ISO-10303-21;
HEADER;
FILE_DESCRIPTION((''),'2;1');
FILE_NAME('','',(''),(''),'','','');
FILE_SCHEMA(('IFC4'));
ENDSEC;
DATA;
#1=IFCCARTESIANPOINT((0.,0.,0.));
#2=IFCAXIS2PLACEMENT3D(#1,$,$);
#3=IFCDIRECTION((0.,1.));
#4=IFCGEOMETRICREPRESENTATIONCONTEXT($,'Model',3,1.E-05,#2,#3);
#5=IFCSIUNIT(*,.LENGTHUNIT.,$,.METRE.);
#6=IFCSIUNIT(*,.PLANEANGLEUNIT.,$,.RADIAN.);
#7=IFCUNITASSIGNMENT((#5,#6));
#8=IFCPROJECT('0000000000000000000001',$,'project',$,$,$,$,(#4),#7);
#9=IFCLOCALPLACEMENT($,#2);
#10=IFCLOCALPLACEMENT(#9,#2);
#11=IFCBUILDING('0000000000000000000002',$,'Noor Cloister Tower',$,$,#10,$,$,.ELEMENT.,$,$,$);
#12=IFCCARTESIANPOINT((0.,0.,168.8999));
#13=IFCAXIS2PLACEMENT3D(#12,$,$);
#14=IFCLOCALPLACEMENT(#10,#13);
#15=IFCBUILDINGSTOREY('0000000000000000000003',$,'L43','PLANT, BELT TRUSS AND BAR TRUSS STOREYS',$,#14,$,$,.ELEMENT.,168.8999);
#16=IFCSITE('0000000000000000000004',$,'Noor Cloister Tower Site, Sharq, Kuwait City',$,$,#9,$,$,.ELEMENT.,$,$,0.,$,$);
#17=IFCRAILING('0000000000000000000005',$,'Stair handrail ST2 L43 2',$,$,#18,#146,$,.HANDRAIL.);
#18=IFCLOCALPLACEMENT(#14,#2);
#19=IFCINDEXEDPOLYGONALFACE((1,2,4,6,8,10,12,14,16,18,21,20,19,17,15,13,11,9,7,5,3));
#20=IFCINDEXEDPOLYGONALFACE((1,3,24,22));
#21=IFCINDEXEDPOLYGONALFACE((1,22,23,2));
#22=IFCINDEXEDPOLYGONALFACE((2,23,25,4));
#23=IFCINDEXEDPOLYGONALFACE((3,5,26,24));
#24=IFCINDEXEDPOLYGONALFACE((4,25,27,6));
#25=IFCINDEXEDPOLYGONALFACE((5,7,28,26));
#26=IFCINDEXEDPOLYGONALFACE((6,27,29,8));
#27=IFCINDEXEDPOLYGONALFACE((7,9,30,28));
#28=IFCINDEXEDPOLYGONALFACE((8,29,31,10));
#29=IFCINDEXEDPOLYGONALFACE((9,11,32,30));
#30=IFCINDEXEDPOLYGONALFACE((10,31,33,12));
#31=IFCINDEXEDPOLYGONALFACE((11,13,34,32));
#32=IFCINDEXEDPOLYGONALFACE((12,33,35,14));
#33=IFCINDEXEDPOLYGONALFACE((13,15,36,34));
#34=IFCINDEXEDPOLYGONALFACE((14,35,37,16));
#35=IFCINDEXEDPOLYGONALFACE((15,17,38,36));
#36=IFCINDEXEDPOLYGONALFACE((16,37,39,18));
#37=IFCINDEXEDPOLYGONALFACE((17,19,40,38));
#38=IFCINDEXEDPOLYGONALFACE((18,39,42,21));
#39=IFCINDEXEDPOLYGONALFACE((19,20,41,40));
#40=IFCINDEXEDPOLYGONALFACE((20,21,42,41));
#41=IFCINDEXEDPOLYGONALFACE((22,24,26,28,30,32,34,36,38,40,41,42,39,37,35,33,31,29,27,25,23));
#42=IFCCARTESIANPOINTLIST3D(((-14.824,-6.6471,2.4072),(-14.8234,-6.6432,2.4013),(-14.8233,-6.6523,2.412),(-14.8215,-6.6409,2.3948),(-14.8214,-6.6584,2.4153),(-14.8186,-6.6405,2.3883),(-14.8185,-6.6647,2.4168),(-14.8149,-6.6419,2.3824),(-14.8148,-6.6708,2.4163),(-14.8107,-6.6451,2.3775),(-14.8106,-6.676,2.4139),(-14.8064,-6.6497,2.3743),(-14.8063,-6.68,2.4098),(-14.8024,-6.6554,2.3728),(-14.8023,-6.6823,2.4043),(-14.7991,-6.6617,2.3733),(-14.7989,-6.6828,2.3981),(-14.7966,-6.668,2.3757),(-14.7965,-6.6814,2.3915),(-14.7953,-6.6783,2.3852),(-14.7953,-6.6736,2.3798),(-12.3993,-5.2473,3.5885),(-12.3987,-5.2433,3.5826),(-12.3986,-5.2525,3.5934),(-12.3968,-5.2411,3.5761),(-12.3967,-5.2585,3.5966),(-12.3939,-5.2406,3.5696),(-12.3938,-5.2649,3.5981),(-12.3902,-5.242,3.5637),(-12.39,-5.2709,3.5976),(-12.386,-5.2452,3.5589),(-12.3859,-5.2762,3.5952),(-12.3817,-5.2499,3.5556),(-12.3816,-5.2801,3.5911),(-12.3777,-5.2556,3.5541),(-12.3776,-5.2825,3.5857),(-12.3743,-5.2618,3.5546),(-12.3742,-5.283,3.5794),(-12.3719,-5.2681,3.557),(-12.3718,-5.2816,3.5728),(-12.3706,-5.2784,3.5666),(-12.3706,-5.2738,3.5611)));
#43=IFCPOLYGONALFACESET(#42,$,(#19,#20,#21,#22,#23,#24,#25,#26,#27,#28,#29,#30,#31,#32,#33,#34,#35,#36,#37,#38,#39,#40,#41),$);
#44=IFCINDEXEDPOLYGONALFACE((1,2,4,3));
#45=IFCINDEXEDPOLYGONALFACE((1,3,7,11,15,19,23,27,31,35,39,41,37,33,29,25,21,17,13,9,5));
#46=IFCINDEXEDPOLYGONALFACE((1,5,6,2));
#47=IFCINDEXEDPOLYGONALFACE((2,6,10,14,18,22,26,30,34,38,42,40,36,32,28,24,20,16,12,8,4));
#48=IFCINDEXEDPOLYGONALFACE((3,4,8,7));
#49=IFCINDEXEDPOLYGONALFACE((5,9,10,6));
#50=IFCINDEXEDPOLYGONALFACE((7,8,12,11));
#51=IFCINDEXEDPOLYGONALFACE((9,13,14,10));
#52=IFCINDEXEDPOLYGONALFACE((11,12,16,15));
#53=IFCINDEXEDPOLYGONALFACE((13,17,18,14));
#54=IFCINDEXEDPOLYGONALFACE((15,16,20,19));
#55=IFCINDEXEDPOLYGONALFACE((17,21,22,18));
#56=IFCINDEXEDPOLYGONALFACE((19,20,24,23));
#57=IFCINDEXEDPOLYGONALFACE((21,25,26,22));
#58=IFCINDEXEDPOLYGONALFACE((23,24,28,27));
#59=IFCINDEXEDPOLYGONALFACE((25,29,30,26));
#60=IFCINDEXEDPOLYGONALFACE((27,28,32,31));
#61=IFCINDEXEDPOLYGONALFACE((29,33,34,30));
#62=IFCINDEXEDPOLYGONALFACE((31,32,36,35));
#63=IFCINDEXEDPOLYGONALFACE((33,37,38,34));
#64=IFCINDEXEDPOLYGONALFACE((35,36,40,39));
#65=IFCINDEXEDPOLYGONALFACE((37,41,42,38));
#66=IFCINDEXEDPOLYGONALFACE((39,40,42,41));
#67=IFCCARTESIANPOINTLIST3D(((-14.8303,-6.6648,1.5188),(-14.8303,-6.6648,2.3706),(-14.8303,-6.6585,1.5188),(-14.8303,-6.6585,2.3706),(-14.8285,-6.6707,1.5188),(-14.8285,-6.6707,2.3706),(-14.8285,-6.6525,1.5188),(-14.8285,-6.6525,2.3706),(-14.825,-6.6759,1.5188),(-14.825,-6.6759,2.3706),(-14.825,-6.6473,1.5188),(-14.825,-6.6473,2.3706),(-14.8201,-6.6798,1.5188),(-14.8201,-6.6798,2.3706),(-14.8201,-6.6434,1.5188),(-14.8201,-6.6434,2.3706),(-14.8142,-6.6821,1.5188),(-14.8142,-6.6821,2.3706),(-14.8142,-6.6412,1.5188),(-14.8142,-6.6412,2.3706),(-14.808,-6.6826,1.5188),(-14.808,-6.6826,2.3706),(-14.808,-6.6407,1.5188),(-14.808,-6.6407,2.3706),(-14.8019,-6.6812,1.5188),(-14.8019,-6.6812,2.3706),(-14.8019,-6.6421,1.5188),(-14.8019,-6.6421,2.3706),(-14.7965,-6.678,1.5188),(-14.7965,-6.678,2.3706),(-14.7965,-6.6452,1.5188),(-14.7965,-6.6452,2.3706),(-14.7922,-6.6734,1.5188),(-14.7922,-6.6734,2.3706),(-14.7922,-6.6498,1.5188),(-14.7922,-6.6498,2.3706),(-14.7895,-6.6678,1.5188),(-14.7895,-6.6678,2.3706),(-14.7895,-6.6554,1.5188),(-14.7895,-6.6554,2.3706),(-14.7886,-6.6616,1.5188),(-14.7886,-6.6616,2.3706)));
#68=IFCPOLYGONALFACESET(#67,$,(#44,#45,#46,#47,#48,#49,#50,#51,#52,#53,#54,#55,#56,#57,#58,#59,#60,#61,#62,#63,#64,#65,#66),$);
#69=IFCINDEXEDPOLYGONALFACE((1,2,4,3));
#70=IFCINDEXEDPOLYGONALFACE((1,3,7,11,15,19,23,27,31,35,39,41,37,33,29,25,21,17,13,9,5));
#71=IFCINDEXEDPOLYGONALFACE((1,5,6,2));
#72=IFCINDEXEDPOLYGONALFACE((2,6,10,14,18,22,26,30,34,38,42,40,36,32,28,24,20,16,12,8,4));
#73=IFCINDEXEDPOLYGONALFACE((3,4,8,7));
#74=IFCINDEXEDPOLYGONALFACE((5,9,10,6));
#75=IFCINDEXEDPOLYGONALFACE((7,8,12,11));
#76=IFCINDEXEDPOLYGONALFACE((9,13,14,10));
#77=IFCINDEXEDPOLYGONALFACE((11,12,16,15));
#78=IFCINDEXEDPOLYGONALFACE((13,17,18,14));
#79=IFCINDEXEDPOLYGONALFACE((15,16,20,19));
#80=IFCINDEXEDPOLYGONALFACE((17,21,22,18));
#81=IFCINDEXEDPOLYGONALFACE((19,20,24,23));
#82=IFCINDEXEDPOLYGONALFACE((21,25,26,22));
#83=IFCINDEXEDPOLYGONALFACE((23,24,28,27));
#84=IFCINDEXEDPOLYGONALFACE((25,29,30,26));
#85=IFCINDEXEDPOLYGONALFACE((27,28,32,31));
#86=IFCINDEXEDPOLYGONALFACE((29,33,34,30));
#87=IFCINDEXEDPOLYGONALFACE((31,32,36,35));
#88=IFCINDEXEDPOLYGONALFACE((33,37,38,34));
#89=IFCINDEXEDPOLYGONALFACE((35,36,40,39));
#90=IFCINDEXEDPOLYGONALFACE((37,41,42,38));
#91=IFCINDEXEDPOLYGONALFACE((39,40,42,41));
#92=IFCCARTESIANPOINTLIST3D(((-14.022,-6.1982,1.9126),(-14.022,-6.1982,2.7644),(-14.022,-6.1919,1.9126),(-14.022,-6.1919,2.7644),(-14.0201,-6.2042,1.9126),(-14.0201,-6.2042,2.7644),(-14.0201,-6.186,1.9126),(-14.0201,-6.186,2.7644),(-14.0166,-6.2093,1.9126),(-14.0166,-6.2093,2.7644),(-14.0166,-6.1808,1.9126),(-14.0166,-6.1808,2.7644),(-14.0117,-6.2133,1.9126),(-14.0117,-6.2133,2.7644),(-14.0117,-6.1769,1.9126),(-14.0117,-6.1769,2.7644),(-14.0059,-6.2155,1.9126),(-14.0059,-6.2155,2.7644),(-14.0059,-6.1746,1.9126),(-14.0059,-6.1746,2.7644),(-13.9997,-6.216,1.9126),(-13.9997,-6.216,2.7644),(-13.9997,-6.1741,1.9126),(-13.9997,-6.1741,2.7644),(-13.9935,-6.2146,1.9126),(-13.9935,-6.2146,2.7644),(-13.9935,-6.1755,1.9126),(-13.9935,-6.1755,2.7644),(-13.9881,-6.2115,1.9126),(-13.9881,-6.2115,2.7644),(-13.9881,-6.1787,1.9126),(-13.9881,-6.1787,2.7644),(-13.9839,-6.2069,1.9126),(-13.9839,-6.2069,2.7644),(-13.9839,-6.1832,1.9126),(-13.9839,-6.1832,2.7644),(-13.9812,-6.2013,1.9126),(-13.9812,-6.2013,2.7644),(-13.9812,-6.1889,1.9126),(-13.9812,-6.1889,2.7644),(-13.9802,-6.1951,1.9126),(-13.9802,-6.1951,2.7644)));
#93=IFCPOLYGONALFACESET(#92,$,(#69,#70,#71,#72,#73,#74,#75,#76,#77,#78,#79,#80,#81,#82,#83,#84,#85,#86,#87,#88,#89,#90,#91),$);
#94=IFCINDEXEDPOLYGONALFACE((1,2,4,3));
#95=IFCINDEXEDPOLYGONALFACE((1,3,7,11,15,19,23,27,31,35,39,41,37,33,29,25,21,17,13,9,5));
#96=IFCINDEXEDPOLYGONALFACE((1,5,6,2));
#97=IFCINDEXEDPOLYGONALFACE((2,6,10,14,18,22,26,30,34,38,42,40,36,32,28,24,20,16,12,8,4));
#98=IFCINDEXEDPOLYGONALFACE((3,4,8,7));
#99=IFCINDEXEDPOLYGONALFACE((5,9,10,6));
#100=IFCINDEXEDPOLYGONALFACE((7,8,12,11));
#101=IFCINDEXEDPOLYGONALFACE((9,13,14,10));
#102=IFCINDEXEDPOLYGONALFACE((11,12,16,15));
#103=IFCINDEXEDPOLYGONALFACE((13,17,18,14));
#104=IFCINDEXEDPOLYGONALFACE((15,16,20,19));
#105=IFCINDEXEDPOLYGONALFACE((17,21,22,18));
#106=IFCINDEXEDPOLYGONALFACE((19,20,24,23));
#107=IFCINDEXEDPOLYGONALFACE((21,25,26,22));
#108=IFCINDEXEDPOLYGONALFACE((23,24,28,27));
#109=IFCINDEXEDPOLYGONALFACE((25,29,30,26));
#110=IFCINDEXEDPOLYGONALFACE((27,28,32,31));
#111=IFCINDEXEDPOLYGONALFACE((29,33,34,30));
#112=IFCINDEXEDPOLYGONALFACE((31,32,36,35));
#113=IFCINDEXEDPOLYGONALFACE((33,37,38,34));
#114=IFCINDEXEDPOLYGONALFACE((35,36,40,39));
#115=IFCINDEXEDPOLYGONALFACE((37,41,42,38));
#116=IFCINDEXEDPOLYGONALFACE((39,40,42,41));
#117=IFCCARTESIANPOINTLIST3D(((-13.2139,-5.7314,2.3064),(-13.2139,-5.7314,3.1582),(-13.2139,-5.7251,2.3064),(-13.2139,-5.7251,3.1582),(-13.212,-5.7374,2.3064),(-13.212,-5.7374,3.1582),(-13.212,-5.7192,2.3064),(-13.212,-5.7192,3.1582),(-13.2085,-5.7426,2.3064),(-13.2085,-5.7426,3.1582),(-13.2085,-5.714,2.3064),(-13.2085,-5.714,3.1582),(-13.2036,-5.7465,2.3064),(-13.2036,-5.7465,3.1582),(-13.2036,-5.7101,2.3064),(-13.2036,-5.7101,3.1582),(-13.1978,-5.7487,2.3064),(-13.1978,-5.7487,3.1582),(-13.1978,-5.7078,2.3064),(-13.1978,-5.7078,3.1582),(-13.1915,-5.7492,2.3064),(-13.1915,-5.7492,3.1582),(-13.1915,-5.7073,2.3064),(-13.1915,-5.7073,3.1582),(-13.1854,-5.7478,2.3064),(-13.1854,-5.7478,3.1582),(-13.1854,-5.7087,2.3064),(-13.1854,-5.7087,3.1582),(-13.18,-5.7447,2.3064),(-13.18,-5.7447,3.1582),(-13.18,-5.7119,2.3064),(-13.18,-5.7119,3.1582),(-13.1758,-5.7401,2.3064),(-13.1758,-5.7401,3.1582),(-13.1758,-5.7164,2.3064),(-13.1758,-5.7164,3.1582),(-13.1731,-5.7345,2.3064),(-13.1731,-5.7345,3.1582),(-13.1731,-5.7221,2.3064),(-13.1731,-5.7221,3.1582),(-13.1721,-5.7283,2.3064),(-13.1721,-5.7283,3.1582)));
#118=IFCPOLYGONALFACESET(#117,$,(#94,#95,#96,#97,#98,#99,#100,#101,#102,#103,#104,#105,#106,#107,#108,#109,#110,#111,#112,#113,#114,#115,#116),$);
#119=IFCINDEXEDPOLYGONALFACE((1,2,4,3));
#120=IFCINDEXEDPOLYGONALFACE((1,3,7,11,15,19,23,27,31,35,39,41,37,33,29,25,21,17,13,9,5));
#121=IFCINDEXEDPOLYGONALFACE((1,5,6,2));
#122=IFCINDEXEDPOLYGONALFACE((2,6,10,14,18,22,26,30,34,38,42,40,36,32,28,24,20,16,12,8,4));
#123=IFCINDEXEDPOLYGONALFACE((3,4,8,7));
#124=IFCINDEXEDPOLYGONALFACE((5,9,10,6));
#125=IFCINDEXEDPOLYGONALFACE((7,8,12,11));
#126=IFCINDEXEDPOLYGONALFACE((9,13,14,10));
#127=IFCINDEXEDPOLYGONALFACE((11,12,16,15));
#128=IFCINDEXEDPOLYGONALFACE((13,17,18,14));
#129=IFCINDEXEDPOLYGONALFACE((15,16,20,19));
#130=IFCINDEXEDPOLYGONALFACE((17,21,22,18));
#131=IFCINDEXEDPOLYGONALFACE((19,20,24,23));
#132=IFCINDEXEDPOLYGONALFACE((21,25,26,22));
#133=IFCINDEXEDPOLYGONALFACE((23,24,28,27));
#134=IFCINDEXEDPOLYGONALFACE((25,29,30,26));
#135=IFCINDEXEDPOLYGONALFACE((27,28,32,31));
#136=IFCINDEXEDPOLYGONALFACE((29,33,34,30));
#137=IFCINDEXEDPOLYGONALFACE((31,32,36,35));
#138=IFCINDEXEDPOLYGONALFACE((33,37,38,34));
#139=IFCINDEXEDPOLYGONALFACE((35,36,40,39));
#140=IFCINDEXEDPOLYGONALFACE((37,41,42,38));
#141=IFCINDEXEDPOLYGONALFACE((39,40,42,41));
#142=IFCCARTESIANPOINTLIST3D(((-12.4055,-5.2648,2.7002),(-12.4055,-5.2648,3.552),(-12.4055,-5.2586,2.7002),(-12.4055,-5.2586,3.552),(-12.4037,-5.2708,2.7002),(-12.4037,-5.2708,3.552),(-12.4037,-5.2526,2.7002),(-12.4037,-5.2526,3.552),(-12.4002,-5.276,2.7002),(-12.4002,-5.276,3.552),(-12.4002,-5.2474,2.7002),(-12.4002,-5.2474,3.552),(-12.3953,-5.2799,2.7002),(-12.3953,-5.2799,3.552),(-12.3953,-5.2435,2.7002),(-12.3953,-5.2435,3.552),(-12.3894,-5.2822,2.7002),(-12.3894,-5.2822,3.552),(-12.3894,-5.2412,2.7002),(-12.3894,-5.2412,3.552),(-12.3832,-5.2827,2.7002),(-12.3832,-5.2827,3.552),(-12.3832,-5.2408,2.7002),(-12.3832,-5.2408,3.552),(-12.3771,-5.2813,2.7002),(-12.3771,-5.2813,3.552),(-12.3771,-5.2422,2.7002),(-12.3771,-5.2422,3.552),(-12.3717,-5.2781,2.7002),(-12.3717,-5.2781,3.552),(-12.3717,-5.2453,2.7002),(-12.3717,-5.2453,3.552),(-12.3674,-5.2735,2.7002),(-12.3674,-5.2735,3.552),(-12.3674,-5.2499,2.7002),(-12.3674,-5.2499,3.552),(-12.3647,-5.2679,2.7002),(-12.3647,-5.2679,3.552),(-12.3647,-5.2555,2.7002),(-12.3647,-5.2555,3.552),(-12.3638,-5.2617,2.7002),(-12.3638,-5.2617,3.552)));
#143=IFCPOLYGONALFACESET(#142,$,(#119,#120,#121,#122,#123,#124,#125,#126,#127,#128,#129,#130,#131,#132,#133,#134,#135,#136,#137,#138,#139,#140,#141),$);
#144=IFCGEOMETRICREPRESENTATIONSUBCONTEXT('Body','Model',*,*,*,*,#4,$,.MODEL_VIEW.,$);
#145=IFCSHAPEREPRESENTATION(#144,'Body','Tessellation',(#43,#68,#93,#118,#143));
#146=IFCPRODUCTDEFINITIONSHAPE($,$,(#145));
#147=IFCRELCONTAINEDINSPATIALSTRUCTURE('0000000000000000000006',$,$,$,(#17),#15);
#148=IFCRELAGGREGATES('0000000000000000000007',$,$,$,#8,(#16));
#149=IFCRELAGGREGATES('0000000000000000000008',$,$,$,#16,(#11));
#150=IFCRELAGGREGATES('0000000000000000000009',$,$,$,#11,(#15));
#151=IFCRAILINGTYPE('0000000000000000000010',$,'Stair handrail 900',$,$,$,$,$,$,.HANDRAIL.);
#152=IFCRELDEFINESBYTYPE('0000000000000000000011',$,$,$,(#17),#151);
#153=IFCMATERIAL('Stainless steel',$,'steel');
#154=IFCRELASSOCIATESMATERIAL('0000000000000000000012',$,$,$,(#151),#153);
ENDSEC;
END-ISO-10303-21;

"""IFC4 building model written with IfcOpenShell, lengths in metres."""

from ifc_helpers import new_model, si_unit, direction, frame, origin, origin_2d, place, context, subcontext, project, spatial, circle, extrude, material, type_object, element, save


model = new_model("IFC4")

# Units and contexts
model_context = context("Model", 3, precision=1e-05, world=origin(), true_north=direction((0.0, 1.0)))
body_context = subcontext(model_context, "Body", "Model", "MODEL_VIEW")
ifc_project = project(units=[si_unit("LENGTHUNIT", "METRE"), si_unit("PLANEANGLEUNIT", "RADIAN")], contexts=[model_context])

# Site, building, storey
site_placement = place(None, origin())
site = spatial("IfcSite", under=ifc_project, at=site_placement, Name="Noor Cloister Tower Site, Sharq, Kuwait City", CompositionType="ELEMENT", RefElevation=0.0)
building_placement = place(site_placement, origin())
building = spatial("IfcBuilding", under=site, at=building_placement, Name="Noor Cloister Tower", CompositionType="ELEMENT")
storey_placement = place(building_placement, frame((0.0, 0.0, 168.8999)))
storey = spatial("IfcBuildingStorey", under=building, at=storey_placement, Name="L43", Description="PLANT, BELT TRUSS AND BAR TRUSS STOREYS", CompositionType="ELEMENT", Elevation=168.8999)

# Railing
ifc_material_1 = material(Name="Stainless steel", Category="steel")
railing_type_1 = type_object("IfcRailingType", Name="Stair handrail 900", PredefinedType="HANDRAIL", material=ifc_material_1)
railing_1_placement = place(storey_placement, frame((-14.8096, -6.6616, 1.5188)))
element("IfcRailing", 1, at=railing_1_placement, inside=storey, type_object=railing_type_1, Name="Stair handrail ST2 L43 2", PredefinedType="HANDRAIL", context=body_context, shape_type="SweptSolid", body=[
    extrude(circle(Radius=0.0239, at=origin_2d()), frame((0.0, 0.0, 0.876), z_axis=(0.797914, 0.460656, 0.388754), x_axis=(-0.499984, 0.866035, 0.0)), (0.0, 0.0, 1.0), 3.0388),
    extrude(circle(Radius=0.021, at=origin_2d()), origin(), (0.0, 0.0, 1.0), 0.8518),
    extrude(circle(Radius=0.021, at=origin_2d()), frame((0.8083, 0.4666, 0.3938)), (0.0, 0.0, 1.0), 0.8518),
    extrude(circle(Radius=0.021, at=origin_2d()), frame((1.6165, 0.9333, 0.7876)), (0.0, 0.0, 1.0), 0.8518),
    extrude(circle(Radius=0.021, at=origin_2d()), frame((2.4248, 1.3999, 1.1814)), (0.0, 0.0, 1.0), 0.8518),
])

save(model, "model.ifc")
